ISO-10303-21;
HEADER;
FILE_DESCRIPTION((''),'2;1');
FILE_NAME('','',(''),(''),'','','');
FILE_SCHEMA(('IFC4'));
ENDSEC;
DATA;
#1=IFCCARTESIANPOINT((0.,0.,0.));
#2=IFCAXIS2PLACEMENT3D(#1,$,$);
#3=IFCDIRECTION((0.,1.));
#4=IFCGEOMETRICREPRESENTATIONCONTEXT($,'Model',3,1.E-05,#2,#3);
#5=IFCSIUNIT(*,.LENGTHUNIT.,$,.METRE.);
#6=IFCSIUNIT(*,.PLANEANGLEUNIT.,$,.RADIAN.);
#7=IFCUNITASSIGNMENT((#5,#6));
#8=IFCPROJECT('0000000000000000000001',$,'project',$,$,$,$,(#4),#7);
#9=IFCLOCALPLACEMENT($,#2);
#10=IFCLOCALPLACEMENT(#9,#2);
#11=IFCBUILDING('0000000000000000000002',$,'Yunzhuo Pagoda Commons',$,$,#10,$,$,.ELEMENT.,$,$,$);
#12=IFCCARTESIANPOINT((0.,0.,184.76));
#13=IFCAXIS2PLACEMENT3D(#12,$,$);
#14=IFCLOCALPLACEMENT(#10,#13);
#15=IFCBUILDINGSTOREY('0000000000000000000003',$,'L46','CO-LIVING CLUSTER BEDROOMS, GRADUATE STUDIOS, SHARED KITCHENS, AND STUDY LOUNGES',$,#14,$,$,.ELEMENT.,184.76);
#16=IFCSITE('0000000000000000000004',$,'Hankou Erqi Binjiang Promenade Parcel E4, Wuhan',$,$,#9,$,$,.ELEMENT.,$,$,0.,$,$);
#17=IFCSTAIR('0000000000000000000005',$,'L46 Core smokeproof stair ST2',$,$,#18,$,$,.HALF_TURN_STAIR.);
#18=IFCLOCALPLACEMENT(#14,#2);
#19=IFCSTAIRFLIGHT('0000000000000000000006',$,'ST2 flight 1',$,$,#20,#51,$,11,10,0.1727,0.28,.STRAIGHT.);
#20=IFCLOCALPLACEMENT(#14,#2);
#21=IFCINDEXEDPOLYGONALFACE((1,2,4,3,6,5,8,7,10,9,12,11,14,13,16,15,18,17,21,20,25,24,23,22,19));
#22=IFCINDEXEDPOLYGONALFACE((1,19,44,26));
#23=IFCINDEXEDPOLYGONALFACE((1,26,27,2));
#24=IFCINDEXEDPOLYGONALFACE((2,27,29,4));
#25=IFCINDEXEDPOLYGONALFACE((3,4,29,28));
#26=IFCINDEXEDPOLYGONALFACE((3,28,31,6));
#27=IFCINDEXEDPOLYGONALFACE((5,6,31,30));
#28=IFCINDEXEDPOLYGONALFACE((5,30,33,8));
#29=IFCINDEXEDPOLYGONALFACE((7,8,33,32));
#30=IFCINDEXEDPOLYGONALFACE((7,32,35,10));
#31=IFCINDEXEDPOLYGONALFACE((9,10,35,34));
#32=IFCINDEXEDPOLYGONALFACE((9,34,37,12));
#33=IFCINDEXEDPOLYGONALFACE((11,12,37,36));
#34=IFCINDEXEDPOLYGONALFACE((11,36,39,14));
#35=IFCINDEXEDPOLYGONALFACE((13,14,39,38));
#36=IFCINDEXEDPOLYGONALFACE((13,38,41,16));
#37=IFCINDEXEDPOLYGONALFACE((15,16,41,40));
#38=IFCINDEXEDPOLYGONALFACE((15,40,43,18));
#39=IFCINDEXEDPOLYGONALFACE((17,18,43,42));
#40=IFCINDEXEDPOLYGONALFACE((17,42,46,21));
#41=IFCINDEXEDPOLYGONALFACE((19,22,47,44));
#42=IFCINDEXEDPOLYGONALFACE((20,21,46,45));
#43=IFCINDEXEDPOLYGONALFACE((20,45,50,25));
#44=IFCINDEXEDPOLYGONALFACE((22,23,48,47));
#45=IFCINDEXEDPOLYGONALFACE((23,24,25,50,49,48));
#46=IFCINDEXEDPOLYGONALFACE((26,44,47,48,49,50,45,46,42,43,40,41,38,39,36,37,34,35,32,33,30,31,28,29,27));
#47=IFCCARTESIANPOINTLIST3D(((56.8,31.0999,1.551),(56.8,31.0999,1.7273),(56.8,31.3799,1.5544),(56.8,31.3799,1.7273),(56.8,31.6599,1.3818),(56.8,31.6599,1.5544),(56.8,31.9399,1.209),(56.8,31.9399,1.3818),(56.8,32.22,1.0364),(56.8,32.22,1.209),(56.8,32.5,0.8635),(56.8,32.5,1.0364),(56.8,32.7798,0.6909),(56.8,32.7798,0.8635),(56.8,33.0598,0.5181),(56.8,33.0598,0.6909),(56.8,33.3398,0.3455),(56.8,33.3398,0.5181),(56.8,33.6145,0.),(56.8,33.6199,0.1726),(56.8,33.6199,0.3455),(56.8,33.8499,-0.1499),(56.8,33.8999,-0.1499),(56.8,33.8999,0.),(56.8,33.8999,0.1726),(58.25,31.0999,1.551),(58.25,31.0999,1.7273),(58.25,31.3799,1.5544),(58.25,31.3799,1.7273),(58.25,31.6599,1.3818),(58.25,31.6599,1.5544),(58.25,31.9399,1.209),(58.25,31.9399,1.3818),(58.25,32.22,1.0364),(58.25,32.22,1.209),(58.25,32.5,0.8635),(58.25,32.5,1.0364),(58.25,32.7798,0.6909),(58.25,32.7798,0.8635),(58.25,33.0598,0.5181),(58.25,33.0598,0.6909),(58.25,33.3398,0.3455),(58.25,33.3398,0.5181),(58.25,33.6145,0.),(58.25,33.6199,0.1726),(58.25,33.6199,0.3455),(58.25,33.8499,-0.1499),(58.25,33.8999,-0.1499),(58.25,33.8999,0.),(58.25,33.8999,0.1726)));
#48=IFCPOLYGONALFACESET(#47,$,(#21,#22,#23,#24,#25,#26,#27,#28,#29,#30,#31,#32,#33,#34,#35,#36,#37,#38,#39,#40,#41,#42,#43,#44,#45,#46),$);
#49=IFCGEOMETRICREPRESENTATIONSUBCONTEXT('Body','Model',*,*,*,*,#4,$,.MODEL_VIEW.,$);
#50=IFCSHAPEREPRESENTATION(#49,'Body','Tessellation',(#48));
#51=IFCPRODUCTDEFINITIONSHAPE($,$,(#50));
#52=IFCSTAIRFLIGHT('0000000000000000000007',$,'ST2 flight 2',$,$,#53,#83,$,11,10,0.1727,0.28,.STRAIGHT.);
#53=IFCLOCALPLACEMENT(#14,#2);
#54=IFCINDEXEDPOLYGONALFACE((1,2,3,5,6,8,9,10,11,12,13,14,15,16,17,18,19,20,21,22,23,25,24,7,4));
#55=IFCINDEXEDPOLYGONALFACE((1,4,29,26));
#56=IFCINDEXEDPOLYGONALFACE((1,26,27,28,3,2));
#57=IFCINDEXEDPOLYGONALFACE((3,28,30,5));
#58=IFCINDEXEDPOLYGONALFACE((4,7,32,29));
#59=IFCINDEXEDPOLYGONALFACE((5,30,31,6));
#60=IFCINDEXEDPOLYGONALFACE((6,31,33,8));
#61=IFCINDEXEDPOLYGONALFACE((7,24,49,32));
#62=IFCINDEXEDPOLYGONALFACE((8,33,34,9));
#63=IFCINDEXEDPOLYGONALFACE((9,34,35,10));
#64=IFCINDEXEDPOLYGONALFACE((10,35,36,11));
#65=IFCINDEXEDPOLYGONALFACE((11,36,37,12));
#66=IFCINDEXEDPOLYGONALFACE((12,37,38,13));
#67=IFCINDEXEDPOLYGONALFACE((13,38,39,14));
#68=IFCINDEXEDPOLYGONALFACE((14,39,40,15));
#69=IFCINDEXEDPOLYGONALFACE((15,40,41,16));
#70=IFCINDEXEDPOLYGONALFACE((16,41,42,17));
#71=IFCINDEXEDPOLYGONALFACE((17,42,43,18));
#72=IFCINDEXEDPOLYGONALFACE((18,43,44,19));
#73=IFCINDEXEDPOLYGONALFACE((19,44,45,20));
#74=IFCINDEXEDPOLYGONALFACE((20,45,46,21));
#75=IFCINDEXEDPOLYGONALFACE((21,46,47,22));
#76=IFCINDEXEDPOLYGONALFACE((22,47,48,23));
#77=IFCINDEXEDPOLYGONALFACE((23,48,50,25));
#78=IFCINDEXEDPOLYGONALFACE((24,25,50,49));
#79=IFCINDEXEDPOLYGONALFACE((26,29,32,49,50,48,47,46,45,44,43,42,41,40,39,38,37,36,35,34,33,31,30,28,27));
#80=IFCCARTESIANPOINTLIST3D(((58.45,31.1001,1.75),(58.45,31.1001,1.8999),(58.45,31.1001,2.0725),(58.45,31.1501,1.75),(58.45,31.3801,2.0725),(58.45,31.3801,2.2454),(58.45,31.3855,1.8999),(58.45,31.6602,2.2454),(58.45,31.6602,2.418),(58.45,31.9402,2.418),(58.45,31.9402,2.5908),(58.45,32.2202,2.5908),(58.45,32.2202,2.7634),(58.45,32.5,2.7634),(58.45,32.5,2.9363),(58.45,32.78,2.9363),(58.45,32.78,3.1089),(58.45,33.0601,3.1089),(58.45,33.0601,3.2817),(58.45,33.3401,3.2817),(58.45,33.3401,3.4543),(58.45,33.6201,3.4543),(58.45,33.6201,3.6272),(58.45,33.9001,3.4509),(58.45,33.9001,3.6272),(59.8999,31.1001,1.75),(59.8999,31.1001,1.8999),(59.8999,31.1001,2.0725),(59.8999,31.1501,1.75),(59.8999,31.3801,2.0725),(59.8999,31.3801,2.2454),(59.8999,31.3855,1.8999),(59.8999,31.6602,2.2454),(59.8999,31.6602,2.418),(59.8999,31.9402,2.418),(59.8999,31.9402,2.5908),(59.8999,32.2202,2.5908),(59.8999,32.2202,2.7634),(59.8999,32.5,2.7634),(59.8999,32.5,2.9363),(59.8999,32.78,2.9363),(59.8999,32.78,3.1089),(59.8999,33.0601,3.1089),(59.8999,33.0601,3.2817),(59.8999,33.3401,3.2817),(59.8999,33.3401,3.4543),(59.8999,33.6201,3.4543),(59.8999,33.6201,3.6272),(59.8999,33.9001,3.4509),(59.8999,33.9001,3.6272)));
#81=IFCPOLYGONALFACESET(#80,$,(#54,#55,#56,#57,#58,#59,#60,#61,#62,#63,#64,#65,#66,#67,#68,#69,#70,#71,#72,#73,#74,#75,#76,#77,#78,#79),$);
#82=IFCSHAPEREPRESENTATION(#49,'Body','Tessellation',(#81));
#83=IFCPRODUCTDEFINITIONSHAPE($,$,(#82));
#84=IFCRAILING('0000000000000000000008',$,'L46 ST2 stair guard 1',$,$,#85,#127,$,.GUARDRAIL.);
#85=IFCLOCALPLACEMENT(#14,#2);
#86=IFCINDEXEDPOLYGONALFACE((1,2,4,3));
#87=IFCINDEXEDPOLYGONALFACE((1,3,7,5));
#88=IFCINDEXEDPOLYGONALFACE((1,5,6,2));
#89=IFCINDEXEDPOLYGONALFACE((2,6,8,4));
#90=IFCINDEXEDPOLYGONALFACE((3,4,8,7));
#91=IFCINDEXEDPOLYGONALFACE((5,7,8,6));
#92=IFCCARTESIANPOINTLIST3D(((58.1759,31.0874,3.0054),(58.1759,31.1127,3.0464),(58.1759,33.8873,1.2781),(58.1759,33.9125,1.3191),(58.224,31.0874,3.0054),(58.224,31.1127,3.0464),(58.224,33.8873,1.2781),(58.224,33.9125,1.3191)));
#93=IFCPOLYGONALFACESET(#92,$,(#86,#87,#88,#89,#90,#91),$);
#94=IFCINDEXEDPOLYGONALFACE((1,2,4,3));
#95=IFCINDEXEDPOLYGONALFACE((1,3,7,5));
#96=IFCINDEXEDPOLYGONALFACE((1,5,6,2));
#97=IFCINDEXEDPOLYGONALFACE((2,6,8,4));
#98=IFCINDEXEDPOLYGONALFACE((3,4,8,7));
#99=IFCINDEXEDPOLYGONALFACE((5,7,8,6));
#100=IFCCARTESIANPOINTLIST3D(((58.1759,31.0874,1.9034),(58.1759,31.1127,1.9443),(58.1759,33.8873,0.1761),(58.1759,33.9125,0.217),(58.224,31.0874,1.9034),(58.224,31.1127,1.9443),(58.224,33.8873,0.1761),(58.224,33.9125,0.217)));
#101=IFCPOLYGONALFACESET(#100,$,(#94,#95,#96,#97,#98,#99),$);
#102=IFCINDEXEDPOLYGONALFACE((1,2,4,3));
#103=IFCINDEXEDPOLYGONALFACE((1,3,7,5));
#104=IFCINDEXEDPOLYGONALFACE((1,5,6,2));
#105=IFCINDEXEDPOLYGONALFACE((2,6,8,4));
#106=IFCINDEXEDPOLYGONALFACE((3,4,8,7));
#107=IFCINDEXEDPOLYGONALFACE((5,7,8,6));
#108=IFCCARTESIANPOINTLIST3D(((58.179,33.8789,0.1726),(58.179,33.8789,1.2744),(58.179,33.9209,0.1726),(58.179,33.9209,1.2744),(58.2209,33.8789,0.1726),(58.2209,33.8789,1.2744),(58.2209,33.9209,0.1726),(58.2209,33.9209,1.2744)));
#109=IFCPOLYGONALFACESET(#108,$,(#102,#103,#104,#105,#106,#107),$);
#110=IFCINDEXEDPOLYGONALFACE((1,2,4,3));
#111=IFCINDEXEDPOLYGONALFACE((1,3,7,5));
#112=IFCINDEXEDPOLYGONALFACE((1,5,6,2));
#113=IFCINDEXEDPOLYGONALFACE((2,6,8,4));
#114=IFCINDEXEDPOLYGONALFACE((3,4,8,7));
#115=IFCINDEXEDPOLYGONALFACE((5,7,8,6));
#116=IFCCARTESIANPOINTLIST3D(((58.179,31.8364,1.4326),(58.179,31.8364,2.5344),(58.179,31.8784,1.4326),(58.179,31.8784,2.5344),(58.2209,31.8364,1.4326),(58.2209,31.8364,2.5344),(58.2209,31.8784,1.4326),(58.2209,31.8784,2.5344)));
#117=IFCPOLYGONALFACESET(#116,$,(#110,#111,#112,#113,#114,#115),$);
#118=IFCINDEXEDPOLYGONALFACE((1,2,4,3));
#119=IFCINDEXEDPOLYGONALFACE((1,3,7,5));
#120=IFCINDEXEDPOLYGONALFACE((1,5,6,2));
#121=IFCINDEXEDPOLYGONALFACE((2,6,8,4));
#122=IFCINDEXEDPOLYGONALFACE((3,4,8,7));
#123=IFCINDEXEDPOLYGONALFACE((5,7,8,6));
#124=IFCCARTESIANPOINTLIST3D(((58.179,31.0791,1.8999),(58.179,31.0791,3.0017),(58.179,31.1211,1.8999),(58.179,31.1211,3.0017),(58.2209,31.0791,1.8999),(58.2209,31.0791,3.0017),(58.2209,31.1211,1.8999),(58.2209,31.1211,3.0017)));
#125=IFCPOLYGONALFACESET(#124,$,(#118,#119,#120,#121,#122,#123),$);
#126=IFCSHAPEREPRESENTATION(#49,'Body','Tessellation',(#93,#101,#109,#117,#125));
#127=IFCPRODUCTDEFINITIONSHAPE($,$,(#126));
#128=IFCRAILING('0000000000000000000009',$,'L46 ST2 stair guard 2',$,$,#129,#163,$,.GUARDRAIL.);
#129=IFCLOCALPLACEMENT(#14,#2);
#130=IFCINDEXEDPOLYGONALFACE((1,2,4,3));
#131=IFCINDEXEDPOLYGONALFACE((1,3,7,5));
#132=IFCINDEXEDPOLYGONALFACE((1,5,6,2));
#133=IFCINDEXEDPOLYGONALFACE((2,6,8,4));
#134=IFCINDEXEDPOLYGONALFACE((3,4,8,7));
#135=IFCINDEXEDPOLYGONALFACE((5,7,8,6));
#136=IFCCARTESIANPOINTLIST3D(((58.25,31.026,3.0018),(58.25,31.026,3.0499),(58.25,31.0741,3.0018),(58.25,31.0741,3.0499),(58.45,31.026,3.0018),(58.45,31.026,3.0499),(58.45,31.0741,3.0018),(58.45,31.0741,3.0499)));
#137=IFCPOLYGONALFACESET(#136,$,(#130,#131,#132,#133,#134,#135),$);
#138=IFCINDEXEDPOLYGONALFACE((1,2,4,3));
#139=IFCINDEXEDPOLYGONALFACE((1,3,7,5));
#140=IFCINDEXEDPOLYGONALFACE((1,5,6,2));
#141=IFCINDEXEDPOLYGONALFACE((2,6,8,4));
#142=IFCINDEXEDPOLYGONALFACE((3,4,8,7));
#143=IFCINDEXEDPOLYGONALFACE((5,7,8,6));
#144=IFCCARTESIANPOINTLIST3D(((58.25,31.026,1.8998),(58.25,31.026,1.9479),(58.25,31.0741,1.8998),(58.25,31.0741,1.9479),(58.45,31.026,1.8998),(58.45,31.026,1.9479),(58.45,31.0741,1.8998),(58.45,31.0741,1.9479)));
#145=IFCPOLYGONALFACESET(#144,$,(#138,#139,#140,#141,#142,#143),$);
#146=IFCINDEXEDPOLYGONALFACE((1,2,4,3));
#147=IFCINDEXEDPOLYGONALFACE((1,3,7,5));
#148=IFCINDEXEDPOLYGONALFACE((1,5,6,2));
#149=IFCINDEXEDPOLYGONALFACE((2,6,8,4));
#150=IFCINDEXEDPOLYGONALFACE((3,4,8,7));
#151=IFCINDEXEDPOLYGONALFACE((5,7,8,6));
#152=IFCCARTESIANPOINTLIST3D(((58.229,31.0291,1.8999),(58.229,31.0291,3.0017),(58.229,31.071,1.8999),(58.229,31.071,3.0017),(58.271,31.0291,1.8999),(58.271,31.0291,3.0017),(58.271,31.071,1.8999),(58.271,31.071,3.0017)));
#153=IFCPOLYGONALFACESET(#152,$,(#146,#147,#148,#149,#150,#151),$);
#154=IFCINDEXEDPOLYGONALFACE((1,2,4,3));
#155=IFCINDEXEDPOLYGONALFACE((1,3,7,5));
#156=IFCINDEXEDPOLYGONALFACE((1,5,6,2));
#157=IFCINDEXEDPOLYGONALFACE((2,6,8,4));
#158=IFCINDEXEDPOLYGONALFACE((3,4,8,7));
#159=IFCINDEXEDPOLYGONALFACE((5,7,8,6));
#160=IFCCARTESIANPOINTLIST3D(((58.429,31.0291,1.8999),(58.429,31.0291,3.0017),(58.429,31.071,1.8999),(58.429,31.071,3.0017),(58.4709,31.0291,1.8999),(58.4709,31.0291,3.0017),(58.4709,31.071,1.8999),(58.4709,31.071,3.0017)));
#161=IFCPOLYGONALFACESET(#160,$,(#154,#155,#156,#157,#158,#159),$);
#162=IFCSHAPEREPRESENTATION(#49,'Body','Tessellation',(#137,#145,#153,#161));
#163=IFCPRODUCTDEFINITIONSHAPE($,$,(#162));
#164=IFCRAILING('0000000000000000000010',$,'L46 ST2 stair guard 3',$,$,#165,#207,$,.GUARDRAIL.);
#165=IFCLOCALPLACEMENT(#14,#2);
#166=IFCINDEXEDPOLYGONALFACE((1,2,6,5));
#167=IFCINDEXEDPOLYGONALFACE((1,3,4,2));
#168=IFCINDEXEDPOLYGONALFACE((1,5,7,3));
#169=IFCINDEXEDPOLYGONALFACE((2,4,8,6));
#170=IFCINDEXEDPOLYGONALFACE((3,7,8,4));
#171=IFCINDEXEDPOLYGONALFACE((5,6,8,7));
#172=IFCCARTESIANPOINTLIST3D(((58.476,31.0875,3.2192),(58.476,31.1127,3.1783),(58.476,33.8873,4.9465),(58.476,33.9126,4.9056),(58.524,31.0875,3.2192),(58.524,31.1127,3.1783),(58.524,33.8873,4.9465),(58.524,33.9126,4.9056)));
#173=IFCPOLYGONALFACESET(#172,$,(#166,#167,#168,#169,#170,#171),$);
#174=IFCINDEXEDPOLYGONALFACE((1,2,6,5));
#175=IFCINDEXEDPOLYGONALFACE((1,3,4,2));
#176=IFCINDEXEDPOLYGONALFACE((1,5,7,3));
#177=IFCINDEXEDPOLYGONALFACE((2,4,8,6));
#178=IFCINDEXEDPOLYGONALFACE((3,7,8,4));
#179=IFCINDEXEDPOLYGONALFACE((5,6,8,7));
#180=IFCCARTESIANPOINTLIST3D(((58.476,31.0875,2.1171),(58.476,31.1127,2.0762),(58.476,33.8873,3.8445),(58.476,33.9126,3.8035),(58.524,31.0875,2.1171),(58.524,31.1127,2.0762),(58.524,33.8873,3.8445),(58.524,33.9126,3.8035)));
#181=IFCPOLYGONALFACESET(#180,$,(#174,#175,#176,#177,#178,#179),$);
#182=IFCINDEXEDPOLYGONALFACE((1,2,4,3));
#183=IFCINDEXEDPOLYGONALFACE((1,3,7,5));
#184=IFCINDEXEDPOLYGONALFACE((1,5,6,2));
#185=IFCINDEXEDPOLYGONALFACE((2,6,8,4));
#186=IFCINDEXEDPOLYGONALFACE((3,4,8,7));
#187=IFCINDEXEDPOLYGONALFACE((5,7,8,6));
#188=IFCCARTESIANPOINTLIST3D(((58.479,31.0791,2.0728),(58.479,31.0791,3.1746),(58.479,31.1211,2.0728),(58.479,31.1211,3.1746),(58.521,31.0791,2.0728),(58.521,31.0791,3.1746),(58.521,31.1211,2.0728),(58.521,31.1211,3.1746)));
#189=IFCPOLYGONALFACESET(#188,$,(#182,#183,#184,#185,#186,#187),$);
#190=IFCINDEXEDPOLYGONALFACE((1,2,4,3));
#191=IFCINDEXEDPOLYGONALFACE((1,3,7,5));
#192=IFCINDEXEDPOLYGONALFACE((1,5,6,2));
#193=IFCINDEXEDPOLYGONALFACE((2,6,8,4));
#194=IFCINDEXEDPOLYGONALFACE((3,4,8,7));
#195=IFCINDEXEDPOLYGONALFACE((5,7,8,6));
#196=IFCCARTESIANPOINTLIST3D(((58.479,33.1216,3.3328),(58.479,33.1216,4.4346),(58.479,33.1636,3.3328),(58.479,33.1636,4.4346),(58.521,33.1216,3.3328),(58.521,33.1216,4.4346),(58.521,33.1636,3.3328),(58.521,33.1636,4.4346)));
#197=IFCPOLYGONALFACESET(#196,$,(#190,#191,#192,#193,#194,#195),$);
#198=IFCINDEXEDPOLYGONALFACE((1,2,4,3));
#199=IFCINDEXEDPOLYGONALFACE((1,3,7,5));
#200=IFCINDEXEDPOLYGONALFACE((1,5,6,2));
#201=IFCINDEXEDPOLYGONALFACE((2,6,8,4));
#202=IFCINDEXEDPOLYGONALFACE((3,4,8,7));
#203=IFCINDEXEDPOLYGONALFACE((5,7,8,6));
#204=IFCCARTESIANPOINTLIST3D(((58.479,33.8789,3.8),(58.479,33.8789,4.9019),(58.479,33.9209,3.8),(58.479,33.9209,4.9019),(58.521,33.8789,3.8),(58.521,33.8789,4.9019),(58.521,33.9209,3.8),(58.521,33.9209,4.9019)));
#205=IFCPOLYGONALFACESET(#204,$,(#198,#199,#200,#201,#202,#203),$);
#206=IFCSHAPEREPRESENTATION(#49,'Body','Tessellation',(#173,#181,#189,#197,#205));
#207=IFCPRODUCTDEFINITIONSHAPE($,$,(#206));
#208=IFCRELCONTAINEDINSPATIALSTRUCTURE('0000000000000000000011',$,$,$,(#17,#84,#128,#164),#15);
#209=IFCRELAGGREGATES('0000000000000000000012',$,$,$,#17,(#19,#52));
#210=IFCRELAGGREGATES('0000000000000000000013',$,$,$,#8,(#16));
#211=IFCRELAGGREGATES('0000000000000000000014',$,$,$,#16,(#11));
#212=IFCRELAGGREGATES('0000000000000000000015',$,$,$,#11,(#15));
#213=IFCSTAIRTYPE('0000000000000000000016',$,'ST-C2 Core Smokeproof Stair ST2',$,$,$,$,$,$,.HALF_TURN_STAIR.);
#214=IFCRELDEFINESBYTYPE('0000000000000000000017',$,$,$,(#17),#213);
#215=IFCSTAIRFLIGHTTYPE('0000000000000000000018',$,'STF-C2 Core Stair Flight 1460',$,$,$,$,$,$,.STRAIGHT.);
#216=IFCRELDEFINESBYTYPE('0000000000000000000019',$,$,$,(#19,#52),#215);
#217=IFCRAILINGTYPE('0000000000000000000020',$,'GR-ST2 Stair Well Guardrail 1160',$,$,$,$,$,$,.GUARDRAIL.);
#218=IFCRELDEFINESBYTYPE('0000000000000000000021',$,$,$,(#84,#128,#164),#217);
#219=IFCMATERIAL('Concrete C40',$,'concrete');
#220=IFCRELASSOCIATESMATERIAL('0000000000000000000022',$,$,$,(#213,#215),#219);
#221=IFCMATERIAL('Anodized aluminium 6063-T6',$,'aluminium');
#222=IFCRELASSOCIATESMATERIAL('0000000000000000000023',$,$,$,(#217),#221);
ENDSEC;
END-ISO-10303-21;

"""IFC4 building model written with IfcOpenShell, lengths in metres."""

from ifc_helpers import new_model, si_unit, direction, frame, origin, origin_2d, place, context, subcontext, project, spatial, polyline, rectangle, outline, extrude, source, transform, mapped, material, type_object, element, aggregate, save


model = new_model("IFC4")

# Units and contexts
model_context = context("Model", 3, precision=1e-05, world=origin(), true_north=direction((0.0, 1.0)))
body_context = subcontext(model_context, "Body", "Model", "MODEL_VIEW")
ifc_project = project(units=[si_unit("LENGTHUNIT", "METRE"), si_unit("PLANEANGLEUNIT", "RADIAN")], contexts=[model_context])

# Site, building, storey
site_placement = place(None, origin())
site = spatial("IfcSite", under=ifc_project, at=site_placement, Name="Hankou Erqi Binjiang Promenade Parcel E4, Wuhan", CompositionType="ELEMENT", RefElevation=0.0)
building_placement = place(site_placement, origin())
building = spatial("IfcBuilding", under=site, at=building_placement, Name="Yunzhuo Pagoda Commons", CompositionType="ELEMENT")
storey_placement = place(building_placement, frame((0.0, 0.0, 184.76)))
storey = spatial("IfcBuildingStorey", under=building, at=storey_placement, Name="L46", Description="CO-LIVING CLUSTER BEDROOMS, GRADUATE STUDIOS, SHARED KITCHENS, AND STUDY LOUNGES", CompositionType="ELEMENT", Elevation=184.76)

# Shared definitions
ifc_material_1 = material(Name="Concrete C40", Category="concrete")

# Stair, stair flights
stair_type = type_object("IfcStairType", Name="ST-C2 Core Smokeproof Stair ST2", PredefinedType="HALF_TURN_STAIR", material=ifc_material_1)
stair_placement = place(storey_placement, origin())
stair = element("IfcStair", 1, at=stair_placement, inside=storey, type_object=stair_type, Name="L46 Core smokeproof stair ST2", PredefinedType="HALF_TURN_STAIR")
stair_flight_type = type_object("IfcStairFlightType", Name="STF-C2 Core Stair Flight 1460", PredefinedType="STRAIGHT", material=ifc_material_1)
shared_shape_1 = source(origin(), body_context, "Body", "SweptSolid", [
    extrude(outline(polyline([(0.0, -0.1499), (0.0, 0.0), (0.0, 0.1726), (0.28, 0.1726), (0.28, 0.3455), (0.5601, 0.3455), (0.5601, 0.5181), (0.8401, 0.5181), (0.8401, 0.6909), (1.1201, 0.6909), (1.1201, 0.8635), (1.3999, 0.8635), (1.3999, 1.0364), (1.6799, 1.0364), (1.6799, 1.209), (1.96, 1.209), (1.96, 1.3818), (2.24, 1.3818), (2.24, 1.5544), (2.52, 1.5544), (2.52, 1.7273), (2.8, 1.7273), (2.8, 1.8999), (2.8, 1.551), (0.2854, 0.0), (0.05, -0.1499), (0.0, -0.1499)])), frame((0.0, 0.7251, 0.0), z_axis=(0.0, -1.0, 0.0), x_axis=(1.0, 0.0, 0.0)), (0.0, 0.0, 1.0), 1.45),
])
stair_flight_1_placement = place(storey_placement, frame((57.5249, 33.8999, 0.0), z_axis=(0.0, 0.0, 1.0), x_axis=(0.0, -1.0, 0.0)))
stair_flight_1 = element("IfcStairFlight", 2, at=stair_flight_1_placement, type_object=stair_flight_type, Name="ST2 flight 1", NumberOfRisers=11, NumberOfTreads=10, PredefinedType="STRAIGHT", RiserHeight=0.1727, TreadLength=0.28, context=body_context, shape_type="MappedRepresentation", body=[
    mapped(shared_shape_1, transform((0.0, 0.0, 0.0), scale=1.0)),
])
stair_flight_2_placement = place(storey_placement, frame((59.175, 31.1001, 1.8999), z_axis=(0.0, 0.0, 1.0), x_axis=(0.0, 1.0, 0.0)))
stair_flight_2 = element("IfcStairFlight", 3, at=stair_flight_2_placement, type_object=stair_flight_type, Name="ST2 flight 2", NumberOfRisers=11, NumberOfTreads=10, PredefinedType="STRAIGHT", RiserHeight=0.1727, TreadLength=0.28, context=body_context, shape_type="MappedRepresentation", body=[
    mapped(shared_shape_1, transform((0.0, 0.0, 0.0), scale=1.0)),
])
aggregate(stair, [stair_flight_1, stair_flight_2])

# Railings
ifc_material_2 = material(Name="Anodized aluminium 6063-T6", Category="aluminium")
railing_type_1 = type_object("IfcRailingType", Name="GR-ST2 Stair Well Guardrail 1160", PredefinedType="GUARDRAIL", material=ifc_material_2)
railing_1_placement = place(storey_placement, frame((58.2, 33.8999, 0.1726)))
element("IfcRailing", 4, at=railing_1_placement, inside=storey, type_object=railing_type_1, Name="L46 ST2 stair guard 1", PredefinedType="GUARDRAIL", context=body_context, shape_type="SweptSolid", body=[
    extrude(rectangle(XDim=0.0481, YDim=0.0481, at=origin_2d()), frame((0.0, 0.0, 1.126), z_axis=(0.0, -0.851069, 0.525054), x_axis=(1.0, 0.0, 0.0)), (0.0, 0.0, 1.0), 3.2898),
    extrude(rectangle(XDim=0.0481, YDim=0.0481, at=origin_2d()), frame((0.0, 0.0, 0.0239), z_axis=(0.0, -0.851069, 0.525054), x_axis=(1.0, 0.0, 0.0)), (0.0, 0.0, 1.0), 3.2898),
    extrude(rectangle(XDim=0.042, YDim=0.042, at=origin_2d()), origin(), (0.0, 0.0, 1.0), 1.1018),
    extrude(rectangle(XDim=0.042, YDim=0.042, at=origin_2d()), frame((0.0, -2.0425, 1.26)), (0.0, 0.0, 1.0), 1.1018),
    extrude(rectangle(XDim=0.042, YDim=0.042, at=origin_2d()), frame((0.0, -2.7998, 1.7273)), (0.0, 0.0, 1.0), 1.1018),
])
railing_2_placement = place(storey_placement, frame((58.25, 31.05, 1.8999)))
element("IfcRailing", 5, at=railing_2_placement, inside=storey, type_object=railing_type_1, Name="L46 ST2 stair guard 2", PredefinedType="GUARDRAIL", context=body_context, shape_type="SweptSolid", body=[
    extrude(rectangle(XDim=0.0481, YDim=0.0481, at=origin_2d()), frame((0.0, 0.0, 1.126), z_axis=(1.0, 0.0, 0.0), x_axis=(0.0, 1.0, 0.0)), (0.0, 0.0, 1.0), 0.2),
    extrude(rectangle(XDim=0.0481, YDim=0.0481, at=origin_2d()), frame((0.0, 0.0, 0.0239), z_axis=(1.0, 0.0, 0.0), x_axis=(0.0, 1.0, 0.0)), (0.0, 0.0, 1.0), 0.2),
    extrude(rectangle(XDim=0.042, YDim=0.042, at=origin_2d()), origin(), (0.0, 0.0, 1.0), 1.1018),
    extrude(rectangle(XDim=0.042, YDim=0.042, at=origin_2d()), frame((0.2, 0.0, 0.0)), (0.0, 0.0, 1.0), 1.1018),
])
railing_3_placement = place(storey_placement, frame((58.5, 31.1001, 2.0728)))
element("IfcRailing", 6, at=railing_3_placement, inside=storey, type_object=railing_type_1, Name="L46 ST2 stair guard 3", PredefinedType="GUARDRAIL", context=body_context, shape_type="SweptSolid", body=[
    extrude(rectangle(XDim=0.0481, YDim=0.0481, at=origin_2d()), frame((0.0, 0.0, 1.126), z_axis=(0.0, 0.851069, 0.525054), x_axis=(-1.0, 0.0, 0.0)), (0.0, 0.0, 1.0), 3.2898),
    extrude(rectangle(XDim=0.0481, YDim=0.0481, at=origin_2d()), frame((0.0, 0.0, 0.0239), z_axis=(0.0, 0.851069, 0.525054), x_axis=(-1.0, 0.0, 0.0)), (0.0, 0.0, 1.0), 3.2898),
    extrude(rectangle(XDim=0.042, YDim=0.042, at=origin_2d()), origin(), (0.0, 0.0, 1.0), 1.1018),
    extrude(rectangle(XDim=0.042, YDim=0.042, at=origin_2d()), frame((0.0, 2.0425, 1.26)), (0.0, 0.0, 1.0), 1.1018),
    extrude(rectangle(XDim=0.042, YDim=0.042, at=origin_2d()), frame((0.0, 2.7998, 1.7273)), (0.0, 0.0, 1.0), 1.1018),
])

save(model, "model.ifc")
